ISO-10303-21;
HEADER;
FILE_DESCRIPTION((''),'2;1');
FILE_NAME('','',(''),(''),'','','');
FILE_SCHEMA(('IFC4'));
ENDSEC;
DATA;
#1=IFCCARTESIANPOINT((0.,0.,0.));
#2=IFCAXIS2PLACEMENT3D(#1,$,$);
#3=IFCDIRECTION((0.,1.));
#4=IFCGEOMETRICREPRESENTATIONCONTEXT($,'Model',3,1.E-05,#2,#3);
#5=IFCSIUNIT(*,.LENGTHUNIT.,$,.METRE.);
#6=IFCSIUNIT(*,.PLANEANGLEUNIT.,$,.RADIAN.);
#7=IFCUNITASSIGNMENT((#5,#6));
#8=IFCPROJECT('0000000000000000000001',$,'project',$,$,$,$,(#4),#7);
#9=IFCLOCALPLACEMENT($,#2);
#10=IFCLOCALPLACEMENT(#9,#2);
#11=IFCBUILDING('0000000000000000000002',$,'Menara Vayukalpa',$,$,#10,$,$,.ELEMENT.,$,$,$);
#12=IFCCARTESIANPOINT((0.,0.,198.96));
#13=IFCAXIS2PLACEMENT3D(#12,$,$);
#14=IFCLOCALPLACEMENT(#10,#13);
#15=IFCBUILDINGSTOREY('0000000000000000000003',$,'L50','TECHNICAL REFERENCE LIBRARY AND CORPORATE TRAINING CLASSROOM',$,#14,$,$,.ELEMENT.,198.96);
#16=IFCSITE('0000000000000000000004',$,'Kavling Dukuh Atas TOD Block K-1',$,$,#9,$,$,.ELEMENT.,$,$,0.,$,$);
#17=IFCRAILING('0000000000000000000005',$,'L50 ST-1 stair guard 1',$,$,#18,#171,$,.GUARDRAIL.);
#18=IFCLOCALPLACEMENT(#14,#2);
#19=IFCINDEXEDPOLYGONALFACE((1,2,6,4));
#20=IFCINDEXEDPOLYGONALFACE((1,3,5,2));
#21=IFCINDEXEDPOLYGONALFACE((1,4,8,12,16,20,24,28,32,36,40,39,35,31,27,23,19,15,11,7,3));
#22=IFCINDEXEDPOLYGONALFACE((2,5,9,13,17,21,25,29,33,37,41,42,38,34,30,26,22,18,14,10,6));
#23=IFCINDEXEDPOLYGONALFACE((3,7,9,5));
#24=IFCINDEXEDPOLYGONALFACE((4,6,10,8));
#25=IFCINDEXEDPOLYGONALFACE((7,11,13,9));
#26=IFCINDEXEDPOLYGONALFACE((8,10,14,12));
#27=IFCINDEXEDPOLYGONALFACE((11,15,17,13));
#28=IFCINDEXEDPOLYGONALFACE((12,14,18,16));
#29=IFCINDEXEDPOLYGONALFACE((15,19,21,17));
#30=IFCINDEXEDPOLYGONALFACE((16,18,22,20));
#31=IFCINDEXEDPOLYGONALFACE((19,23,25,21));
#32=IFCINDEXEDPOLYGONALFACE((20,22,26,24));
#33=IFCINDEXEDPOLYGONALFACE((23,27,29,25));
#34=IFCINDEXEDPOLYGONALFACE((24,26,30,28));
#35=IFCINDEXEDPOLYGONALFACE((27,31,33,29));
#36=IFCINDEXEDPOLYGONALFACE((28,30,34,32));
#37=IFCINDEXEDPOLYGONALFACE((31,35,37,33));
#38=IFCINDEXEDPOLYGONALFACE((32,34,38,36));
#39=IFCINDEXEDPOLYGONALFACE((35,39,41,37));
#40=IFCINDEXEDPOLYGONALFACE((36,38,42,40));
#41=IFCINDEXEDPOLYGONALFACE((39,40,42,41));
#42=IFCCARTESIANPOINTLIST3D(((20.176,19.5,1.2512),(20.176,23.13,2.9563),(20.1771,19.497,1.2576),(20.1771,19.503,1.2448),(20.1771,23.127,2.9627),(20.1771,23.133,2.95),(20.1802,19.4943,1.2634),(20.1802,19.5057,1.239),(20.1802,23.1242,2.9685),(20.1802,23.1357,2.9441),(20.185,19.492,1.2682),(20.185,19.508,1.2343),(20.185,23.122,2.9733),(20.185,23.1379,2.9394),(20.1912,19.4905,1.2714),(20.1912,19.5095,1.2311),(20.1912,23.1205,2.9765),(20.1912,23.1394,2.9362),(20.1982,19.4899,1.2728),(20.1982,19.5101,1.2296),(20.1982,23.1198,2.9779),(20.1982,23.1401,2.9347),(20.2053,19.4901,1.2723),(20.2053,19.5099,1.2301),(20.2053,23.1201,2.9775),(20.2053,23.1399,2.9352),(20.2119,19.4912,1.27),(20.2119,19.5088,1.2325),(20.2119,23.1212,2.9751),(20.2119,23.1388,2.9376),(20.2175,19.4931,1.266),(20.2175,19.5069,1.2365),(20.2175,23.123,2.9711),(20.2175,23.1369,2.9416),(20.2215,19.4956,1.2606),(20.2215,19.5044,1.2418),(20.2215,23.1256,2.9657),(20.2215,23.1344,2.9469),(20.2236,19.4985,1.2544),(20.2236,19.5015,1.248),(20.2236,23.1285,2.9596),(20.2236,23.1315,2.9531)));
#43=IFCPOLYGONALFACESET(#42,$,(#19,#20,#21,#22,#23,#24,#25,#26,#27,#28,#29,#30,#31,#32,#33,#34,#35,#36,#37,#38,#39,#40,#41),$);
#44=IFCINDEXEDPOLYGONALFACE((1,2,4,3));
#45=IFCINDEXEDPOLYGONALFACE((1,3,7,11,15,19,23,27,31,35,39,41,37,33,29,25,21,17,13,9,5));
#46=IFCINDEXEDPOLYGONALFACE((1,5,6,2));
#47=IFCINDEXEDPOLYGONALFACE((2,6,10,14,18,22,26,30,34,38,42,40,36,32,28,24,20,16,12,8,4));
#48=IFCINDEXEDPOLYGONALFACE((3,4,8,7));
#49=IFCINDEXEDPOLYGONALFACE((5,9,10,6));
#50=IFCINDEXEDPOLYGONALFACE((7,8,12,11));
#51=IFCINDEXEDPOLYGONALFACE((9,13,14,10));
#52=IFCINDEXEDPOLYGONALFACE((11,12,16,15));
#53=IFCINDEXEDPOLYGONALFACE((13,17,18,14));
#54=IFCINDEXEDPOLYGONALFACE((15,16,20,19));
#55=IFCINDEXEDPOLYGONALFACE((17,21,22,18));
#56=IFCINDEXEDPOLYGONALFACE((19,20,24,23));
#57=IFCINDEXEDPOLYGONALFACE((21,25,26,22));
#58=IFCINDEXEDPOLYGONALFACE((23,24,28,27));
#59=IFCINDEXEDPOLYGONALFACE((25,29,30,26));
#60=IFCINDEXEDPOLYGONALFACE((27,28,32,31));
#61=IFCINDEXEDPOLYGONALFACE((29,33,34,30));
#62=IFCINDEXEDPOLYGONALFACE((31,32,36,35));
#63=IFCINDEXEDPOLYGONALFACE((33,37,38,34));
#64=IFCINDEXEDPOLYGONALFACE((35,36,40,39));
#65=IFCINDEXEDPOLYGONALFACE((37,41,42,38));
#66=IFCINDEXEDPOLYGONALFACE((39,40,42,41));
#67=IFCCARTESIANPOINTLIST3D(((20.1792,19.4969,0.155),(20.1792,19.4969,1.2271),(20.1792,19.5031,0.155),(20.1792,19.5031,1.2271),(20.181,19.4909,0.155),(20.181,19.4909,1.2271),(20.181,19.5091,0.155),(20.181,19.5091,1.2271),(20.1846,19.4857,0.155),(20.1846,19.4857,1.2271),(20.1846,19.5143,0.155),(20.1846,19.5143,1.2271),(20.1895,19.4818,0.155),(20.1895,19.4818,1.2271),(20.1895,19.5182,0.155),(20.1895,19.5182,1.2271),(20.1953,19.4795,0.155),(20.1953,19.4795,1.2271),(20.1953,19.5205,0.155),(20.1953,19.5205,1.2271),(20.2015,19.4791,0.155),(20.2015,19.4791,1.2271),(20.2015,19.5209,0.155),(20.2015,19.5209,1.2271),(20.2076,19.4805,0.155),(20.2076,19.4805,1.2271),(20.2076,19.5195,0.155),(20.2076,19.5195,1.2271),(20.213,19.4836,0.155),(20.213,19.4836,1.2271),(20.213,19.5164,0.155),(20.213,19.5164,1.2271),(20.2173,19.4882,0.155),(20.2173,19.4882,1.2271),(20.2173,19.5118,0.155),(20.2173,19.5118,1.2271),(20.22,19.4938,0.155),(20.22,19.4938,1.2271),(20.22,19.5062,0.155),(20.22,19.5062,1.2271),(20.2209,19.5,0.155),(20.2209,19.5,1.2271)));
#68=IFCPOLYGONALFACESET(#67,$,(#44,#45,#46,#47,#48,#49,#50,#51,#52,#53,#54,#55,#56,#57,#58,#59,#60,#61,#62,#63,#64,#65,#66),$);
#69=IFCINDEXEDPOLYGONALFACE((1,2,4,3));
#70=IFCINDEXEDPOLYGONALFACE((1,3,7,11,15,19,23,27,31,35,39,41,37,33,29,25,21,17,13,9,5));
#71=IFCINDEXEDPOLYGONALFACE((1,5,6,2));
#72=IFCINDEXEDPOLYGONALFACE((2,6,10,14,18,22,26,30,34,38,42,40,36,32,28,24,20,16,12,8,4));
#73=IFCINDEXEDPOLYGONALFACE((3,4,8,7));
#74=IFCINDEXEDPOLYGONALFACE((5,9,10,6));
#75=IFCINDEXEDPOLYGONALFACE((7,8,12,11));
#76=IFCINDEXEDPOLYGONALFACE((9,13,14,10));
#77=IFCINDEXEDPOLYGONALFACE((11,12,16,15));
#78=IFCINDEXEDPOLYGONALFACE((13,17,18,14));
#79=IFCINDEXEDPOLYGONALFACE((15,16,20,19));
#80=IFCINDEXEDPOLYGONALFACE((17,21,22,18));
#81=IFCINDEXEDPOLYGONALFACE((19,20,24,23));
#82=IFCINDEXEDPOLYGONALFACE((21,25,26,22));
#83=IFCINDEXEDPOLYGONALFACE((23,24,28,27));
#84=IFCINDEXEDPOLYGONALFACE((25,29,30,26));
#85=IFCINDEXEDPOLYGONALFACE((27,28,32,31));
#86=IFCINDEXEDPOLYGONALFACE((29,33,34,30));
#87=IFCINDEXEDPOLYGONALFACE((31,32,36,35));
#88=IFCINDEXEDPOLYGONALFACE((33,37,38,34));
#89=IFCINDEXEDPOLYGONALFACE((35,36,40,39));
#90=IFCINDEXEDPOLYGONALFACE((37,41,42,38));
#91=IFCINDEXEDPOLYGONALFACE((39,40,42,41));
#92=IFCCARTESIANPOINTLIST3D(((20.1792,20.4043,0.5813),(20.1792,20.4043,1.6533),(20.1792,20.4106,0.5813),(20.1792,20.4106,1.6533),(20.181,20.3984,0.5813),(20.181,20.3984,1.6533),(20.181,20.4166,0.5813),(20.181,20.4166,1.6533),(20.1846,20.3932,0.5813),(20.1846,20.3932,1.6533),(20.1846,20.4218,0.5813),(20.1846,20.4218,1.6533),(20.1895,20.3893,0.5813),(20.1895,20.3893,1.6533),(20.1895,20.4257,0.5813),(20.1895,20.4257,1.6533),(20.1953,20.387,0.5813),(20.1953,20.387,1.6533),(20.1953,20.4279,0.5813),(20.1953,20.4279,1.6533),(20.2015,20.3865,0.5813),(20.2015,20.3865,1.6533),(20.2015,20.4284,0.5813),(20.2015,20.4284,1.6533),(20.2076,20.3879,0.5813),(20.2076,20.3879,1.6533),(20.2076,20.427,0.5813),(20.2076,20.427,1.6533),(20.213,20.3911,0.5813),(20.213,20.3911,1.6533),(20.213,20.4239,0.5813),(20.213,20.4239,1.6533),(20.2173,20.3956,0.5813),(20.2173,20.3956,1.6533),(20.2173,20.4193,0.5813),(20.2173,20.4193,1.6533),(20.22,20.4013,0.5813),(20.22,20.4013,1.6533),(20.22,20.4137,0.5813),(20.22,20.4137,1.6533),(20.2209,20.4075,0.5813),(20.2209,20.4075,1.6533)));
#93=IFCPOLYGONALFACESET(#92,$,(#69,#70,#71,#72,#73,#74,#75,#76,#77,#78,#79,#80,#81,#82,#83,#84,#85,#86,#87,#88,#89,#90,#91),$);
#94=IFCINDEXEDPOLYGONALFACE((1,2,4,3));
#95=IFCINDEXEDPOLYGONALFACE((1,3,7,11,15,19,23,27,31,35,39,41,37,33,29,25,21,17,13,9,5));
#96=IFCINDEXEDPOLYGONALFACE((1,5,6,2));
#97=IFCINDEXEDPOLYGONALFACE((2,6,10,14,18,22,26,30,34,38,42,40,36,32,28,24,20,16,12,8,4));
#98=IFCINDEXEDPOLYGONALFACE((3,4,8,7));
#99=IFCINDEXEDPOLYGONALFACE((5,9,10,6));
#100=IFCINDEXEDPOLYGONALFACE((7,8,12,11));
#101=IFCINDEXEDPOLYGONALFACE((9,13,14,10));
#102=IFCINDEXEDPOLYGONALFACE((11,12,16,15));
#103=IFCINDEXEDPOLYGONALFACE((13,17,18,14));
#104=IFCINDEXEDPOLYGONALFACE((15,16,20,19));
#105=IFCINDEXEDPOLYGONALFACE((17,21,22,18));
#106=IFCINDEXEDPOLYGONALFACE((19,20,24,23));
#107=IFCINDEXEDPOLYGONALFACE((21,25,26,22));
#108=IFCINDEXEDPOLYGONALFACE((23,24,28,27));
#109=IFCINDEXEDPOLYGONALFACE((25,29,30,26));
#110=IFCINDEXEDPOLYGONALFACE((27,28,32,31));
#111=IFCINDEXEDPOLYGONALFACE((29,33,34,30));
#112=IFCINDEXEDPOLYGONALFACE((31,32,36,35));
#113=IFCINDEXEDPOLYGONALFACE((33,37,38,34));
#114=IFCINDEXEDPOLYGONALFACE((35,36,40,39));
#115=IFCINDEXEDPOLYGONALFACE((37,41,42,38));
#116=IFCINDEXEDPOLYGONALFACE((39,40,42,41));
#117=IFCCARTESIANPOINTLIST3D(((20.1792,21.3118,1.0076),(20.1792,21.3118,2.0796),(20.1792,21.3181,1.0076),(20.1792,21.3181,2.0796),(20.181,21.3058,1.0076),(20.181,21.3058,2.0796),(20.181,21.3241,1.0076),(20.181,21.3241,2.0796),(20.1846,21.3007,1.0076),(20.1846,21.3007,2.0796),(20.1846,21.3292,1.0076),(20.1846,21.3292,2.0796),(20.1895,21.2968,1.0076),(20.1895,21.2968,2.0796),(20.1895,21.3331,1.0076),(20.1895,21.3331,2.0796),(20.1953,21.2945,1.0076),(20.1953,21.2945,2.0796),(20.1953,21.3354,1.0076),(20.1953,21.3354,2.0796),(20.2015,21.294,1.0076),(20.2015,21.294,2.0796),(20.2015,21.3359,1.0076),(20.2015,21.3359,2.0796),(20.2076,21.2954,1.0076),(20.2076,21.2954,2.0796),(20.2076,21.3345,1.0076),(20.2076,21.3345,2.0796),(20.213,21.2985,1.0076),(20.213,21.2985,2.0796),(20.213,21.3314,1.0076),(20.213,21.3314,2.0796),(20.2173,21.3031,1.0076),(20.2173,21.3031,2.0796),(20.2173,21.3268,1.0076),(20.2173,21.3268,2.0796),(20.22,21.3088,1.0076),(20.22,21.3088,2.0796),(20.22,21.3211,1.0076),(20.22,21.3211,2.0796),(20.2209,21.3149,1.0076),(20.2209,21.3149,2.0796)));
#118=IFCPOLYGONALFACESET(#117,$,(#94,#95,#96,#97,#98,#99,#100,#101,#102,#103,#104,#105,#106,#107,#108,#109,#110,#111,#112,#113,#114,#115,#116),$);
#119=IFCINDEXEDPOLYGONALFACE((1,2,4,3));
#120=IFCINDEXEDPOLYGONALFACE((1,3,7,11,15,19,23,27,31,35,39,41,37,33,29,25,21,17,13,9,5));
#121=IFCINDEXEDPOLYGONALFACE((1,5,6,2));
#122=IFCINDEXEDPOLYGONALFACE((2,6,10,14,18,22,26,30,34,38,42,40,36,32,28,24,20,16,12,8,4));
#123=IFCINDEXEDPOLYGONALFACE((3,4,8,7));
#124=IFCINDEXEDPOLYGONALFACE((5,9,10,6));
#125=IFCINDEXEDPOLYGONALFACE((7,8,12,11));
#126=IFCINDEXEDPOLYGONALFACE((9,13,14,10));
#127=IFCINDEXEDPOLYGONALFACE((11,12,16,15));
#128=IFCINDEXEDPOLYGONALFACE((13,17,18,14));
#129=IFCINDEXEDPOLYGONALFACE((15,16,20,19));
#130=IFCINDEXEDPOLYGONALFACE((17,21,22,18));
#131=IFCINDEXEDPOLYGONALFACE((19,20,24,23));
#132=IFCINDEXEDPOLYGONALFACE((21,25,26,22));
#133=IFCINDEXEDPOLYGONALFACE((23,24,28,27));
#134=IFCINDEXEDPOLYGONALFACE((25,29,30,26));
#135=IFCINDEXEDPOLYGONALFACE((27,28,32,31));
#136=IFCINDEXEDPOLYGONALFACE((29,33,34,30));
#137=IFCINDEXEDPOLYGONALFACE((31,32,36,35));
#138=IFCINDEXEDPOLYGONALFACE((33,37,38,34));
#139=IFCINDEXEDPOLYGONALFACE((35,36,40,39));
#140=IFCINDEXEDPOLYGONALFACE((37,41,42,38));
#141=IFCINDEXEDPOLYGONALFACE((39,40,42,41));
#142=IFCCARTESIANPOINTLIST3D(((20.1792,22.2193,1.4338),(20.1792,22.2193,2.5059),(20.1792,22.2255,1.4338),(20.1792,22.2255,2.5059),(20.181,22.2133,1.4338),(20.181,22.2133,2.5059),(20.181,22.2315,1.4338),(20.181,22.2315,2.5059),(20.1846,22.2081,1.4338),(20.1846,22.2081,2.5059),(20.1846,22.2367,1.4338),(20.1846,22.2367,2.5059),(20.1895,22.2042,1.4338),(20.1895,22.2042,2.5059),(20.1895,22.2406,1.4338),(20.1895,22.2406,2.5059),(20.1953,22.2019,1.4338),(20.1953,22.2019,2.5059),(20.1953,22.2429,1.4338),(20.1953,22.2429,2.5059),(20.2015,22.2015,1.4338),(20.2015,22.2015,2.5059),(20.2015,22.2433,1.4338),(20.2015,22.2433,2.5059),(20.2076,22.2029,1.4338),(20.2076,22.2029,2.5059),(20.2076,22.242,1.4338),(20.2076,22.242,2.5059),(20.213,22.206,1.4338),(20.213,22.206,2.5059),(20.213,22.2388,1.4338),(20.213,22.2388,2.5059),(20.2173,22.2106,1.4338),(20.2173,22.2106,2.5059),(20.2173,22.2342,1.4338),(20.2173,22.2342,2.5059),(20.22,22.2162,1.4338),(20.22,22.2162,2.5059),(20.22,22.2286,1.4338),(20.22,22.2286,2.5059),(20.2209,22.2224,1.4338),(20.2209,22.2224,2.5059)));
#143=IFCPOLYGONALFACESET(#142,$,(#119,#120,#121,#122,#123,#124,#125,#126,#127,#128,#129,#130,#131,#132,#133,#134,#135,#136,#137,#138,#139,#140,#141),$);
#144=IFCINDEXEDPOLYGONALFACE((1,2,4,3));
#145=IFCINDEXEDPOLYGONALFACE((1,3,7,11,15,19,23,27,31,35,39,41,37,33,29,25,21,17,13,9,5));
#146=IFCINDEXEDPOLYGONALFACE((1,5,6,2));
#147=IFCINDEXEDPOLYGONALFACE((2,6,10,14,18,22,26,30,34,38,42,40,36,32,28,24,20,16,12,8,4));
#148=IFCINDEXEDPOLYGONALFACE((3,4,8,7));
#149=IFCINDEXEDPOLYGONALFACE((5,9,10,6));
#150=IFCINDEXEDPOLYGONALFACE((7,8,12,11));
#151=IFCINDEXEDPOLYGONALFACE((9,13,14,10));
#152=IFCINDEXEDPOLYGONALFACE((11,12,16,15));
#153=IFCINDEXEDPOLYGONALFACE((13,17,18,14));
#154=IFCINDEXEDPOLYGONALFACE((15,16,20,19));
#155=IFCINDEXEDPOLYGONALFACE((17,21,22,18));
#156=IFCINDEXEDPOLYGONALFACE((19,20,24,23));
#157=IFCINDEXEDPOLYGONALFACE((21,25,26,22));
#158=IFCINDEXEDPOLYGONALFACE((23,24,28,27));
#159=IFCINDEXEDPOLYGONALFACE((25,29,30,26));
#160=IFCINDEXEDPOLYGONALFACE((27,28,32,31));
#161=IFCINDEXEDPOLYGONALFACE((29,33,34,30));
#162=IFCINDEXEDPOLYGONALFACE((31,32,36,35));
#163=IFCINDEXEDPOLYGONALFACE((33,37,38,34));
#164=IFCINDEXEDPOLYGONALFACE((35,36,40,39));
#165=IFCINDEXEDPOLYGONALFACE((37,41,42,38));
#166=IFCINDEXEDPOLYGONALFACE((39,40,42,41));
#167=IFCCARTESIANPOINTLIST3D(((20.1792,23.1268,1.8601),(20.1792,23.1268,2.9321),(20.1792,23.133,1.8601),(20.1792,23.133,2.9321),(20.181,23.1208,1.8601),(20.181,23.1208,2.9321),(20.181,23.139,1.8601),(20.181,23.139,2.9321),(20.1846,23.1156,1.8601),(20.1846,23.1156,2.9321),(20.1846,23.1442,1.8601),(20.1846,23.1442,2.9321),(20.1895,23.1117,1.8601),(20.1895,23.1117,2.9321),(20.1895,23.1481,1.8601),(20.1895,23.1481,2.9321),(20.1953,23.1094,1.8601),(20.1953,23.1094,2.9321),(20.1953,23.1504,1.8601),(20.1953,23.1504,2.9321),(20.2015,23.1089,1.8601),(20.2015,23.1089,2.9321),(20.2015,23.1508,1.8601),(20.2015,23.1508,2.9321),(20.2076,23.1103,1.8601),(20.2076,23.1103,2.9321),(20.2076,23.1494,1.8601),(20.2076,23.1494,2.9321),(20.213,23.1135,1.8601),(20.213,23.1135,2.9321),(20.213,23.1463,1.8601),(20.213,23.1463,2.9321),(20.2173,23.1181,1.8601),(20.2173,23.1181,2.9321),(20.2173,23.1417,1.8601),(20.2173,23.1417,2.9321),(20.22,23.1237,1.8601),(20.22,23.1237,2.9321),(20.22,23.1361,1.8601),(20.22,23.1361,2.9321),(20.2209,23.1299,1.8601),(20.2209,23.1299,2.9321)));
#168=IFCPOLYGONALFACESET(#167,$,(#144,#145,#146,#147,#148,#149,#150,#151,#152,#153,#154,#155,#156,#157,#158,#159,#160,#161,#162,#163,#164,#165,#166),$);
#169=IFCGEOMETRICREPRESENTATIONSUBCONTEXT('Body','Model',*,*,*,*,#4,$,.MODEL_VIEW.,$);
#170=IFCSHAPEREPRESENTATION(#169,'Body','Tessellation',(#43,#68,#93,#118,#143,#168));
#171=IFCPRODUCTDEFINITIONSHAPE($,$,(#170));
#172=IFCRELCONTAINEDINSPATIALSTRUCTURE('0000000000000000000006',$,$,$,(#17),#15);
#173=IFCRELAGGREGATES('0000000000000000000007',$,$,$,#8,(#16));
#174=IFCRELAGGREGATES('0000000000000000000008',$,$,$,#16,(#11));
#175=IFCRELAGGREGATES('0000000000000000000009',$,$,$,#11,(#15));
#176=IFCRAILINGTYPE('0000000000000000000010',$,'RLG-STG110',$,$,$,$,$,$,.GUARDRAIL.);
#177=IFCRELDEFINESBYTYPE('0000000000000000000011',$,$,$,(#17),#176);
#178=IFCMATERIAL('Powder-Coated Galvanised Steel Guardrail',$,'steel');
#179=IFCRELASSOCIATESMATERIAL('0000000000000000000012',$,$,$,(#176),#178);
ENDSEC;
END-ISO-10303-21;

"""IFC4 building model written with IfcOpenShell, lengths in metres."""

from ifc_helpers import new_model, si_unit, direction, frame, origin, origin_2d, place, context, subcontext, project, spatial, circle, extrude, material, type_object, element, save


model = new_model("IFC4")

# Units and contexts
model_context = context("Model", 3, precision=1e-05, world=origin(), true_north=direction((0.0, 1.0)))
body_context = subcontext(model_context, "Body", "Model", "MODEL_VIEW")
ifc_project = project(units=[si_unit("LENGTHUNIT", "METRE"), si_unit("PLANEANGLEUNIT", "RADIAN")], contexts=[model_context])

# Site, building, storey
site_placement = place(None, origin())
site = spatial("IfcSite", under=ifc_project, at=site_placement, Name="Kavling Dukuh Atas TOD Block K-1", CompositionType="ELEMENT", RefElevation=0.0)
building_placement = place(site_placement, origin())
building = spatial("IfcBuilding", under=site, at=building_placement, Name="Menara Vayukalpa", CompositionType="ELEMENT")
storey_placement = place(building_placement, frame((0.0, 0.0, 198.96)))
storey = spatial("IfcBuildingStorey", under=building, at=storey_placement, Name="L50", Description="TECHNICAL REFERENCE LIBRARY AND CORPORATE TRAINING CLASSROOM", CompositionType="ELEMENT", Elevation=198.96)

# Railing
ifc_material_1 = material(Name="Powder-Coated Galvanised Steel Guardrail", Category="steel")
railing_type_1 = type_object("IfcRailingType", Name="RLG-STG110", PredefinedType="GUARDRAIL", material=ifc_material_1)
railing_1_placement = place(storey_placement, frame((20.2, 19.5, 0.155)))
element("IfcRailing", 1, at=railing_1_placement, inside=storey, type_object=railing_type_1, Name="L50 ST-1 stair guard 1", PredefinedType="GUARDRAIL", context=body_context, shape_type="SweptSolid", body=[
    extrude(circle(Radius=0.0239, at=origin_2d()), frame((0.0, 0.0, 1.0962), z_axis=(0.0, 0.905116, 0.425164), x_axis=(-1.0, 0.0, 0.0)), (0.0, 0.0, 1.0), 4.0105),
    extrude(circle(Radius=0.021, at=origin_2d()), origin(), (0.0, 0.0, 1.0), 1.072),
    extrude(circle(Radius=0.021, at=origin_2d()), frame((0.0, 0.9075, 0.4263)), (0.0, 0.0, 1.0), 1.072),
    extrude(circle(Radius=0.021, at=origin_2d()), frame((0.0, 1.8149, 0.8525)), (0.0, 0.0, 1.0), 1.072),
    extrude(circle(Radius=0.021, at=origin_2d()), frame((0.0, 2.7224, 1.2788)), (0.0, 0.0, 1.0), 1.072),
    extrude(circle(Radius=0.021, at=origin_2d()), frame((0.0, 3.6299, 1.7051)), (0.0, 0.0, 1.0), 1.072),
])

save(model, "model.ifc")
